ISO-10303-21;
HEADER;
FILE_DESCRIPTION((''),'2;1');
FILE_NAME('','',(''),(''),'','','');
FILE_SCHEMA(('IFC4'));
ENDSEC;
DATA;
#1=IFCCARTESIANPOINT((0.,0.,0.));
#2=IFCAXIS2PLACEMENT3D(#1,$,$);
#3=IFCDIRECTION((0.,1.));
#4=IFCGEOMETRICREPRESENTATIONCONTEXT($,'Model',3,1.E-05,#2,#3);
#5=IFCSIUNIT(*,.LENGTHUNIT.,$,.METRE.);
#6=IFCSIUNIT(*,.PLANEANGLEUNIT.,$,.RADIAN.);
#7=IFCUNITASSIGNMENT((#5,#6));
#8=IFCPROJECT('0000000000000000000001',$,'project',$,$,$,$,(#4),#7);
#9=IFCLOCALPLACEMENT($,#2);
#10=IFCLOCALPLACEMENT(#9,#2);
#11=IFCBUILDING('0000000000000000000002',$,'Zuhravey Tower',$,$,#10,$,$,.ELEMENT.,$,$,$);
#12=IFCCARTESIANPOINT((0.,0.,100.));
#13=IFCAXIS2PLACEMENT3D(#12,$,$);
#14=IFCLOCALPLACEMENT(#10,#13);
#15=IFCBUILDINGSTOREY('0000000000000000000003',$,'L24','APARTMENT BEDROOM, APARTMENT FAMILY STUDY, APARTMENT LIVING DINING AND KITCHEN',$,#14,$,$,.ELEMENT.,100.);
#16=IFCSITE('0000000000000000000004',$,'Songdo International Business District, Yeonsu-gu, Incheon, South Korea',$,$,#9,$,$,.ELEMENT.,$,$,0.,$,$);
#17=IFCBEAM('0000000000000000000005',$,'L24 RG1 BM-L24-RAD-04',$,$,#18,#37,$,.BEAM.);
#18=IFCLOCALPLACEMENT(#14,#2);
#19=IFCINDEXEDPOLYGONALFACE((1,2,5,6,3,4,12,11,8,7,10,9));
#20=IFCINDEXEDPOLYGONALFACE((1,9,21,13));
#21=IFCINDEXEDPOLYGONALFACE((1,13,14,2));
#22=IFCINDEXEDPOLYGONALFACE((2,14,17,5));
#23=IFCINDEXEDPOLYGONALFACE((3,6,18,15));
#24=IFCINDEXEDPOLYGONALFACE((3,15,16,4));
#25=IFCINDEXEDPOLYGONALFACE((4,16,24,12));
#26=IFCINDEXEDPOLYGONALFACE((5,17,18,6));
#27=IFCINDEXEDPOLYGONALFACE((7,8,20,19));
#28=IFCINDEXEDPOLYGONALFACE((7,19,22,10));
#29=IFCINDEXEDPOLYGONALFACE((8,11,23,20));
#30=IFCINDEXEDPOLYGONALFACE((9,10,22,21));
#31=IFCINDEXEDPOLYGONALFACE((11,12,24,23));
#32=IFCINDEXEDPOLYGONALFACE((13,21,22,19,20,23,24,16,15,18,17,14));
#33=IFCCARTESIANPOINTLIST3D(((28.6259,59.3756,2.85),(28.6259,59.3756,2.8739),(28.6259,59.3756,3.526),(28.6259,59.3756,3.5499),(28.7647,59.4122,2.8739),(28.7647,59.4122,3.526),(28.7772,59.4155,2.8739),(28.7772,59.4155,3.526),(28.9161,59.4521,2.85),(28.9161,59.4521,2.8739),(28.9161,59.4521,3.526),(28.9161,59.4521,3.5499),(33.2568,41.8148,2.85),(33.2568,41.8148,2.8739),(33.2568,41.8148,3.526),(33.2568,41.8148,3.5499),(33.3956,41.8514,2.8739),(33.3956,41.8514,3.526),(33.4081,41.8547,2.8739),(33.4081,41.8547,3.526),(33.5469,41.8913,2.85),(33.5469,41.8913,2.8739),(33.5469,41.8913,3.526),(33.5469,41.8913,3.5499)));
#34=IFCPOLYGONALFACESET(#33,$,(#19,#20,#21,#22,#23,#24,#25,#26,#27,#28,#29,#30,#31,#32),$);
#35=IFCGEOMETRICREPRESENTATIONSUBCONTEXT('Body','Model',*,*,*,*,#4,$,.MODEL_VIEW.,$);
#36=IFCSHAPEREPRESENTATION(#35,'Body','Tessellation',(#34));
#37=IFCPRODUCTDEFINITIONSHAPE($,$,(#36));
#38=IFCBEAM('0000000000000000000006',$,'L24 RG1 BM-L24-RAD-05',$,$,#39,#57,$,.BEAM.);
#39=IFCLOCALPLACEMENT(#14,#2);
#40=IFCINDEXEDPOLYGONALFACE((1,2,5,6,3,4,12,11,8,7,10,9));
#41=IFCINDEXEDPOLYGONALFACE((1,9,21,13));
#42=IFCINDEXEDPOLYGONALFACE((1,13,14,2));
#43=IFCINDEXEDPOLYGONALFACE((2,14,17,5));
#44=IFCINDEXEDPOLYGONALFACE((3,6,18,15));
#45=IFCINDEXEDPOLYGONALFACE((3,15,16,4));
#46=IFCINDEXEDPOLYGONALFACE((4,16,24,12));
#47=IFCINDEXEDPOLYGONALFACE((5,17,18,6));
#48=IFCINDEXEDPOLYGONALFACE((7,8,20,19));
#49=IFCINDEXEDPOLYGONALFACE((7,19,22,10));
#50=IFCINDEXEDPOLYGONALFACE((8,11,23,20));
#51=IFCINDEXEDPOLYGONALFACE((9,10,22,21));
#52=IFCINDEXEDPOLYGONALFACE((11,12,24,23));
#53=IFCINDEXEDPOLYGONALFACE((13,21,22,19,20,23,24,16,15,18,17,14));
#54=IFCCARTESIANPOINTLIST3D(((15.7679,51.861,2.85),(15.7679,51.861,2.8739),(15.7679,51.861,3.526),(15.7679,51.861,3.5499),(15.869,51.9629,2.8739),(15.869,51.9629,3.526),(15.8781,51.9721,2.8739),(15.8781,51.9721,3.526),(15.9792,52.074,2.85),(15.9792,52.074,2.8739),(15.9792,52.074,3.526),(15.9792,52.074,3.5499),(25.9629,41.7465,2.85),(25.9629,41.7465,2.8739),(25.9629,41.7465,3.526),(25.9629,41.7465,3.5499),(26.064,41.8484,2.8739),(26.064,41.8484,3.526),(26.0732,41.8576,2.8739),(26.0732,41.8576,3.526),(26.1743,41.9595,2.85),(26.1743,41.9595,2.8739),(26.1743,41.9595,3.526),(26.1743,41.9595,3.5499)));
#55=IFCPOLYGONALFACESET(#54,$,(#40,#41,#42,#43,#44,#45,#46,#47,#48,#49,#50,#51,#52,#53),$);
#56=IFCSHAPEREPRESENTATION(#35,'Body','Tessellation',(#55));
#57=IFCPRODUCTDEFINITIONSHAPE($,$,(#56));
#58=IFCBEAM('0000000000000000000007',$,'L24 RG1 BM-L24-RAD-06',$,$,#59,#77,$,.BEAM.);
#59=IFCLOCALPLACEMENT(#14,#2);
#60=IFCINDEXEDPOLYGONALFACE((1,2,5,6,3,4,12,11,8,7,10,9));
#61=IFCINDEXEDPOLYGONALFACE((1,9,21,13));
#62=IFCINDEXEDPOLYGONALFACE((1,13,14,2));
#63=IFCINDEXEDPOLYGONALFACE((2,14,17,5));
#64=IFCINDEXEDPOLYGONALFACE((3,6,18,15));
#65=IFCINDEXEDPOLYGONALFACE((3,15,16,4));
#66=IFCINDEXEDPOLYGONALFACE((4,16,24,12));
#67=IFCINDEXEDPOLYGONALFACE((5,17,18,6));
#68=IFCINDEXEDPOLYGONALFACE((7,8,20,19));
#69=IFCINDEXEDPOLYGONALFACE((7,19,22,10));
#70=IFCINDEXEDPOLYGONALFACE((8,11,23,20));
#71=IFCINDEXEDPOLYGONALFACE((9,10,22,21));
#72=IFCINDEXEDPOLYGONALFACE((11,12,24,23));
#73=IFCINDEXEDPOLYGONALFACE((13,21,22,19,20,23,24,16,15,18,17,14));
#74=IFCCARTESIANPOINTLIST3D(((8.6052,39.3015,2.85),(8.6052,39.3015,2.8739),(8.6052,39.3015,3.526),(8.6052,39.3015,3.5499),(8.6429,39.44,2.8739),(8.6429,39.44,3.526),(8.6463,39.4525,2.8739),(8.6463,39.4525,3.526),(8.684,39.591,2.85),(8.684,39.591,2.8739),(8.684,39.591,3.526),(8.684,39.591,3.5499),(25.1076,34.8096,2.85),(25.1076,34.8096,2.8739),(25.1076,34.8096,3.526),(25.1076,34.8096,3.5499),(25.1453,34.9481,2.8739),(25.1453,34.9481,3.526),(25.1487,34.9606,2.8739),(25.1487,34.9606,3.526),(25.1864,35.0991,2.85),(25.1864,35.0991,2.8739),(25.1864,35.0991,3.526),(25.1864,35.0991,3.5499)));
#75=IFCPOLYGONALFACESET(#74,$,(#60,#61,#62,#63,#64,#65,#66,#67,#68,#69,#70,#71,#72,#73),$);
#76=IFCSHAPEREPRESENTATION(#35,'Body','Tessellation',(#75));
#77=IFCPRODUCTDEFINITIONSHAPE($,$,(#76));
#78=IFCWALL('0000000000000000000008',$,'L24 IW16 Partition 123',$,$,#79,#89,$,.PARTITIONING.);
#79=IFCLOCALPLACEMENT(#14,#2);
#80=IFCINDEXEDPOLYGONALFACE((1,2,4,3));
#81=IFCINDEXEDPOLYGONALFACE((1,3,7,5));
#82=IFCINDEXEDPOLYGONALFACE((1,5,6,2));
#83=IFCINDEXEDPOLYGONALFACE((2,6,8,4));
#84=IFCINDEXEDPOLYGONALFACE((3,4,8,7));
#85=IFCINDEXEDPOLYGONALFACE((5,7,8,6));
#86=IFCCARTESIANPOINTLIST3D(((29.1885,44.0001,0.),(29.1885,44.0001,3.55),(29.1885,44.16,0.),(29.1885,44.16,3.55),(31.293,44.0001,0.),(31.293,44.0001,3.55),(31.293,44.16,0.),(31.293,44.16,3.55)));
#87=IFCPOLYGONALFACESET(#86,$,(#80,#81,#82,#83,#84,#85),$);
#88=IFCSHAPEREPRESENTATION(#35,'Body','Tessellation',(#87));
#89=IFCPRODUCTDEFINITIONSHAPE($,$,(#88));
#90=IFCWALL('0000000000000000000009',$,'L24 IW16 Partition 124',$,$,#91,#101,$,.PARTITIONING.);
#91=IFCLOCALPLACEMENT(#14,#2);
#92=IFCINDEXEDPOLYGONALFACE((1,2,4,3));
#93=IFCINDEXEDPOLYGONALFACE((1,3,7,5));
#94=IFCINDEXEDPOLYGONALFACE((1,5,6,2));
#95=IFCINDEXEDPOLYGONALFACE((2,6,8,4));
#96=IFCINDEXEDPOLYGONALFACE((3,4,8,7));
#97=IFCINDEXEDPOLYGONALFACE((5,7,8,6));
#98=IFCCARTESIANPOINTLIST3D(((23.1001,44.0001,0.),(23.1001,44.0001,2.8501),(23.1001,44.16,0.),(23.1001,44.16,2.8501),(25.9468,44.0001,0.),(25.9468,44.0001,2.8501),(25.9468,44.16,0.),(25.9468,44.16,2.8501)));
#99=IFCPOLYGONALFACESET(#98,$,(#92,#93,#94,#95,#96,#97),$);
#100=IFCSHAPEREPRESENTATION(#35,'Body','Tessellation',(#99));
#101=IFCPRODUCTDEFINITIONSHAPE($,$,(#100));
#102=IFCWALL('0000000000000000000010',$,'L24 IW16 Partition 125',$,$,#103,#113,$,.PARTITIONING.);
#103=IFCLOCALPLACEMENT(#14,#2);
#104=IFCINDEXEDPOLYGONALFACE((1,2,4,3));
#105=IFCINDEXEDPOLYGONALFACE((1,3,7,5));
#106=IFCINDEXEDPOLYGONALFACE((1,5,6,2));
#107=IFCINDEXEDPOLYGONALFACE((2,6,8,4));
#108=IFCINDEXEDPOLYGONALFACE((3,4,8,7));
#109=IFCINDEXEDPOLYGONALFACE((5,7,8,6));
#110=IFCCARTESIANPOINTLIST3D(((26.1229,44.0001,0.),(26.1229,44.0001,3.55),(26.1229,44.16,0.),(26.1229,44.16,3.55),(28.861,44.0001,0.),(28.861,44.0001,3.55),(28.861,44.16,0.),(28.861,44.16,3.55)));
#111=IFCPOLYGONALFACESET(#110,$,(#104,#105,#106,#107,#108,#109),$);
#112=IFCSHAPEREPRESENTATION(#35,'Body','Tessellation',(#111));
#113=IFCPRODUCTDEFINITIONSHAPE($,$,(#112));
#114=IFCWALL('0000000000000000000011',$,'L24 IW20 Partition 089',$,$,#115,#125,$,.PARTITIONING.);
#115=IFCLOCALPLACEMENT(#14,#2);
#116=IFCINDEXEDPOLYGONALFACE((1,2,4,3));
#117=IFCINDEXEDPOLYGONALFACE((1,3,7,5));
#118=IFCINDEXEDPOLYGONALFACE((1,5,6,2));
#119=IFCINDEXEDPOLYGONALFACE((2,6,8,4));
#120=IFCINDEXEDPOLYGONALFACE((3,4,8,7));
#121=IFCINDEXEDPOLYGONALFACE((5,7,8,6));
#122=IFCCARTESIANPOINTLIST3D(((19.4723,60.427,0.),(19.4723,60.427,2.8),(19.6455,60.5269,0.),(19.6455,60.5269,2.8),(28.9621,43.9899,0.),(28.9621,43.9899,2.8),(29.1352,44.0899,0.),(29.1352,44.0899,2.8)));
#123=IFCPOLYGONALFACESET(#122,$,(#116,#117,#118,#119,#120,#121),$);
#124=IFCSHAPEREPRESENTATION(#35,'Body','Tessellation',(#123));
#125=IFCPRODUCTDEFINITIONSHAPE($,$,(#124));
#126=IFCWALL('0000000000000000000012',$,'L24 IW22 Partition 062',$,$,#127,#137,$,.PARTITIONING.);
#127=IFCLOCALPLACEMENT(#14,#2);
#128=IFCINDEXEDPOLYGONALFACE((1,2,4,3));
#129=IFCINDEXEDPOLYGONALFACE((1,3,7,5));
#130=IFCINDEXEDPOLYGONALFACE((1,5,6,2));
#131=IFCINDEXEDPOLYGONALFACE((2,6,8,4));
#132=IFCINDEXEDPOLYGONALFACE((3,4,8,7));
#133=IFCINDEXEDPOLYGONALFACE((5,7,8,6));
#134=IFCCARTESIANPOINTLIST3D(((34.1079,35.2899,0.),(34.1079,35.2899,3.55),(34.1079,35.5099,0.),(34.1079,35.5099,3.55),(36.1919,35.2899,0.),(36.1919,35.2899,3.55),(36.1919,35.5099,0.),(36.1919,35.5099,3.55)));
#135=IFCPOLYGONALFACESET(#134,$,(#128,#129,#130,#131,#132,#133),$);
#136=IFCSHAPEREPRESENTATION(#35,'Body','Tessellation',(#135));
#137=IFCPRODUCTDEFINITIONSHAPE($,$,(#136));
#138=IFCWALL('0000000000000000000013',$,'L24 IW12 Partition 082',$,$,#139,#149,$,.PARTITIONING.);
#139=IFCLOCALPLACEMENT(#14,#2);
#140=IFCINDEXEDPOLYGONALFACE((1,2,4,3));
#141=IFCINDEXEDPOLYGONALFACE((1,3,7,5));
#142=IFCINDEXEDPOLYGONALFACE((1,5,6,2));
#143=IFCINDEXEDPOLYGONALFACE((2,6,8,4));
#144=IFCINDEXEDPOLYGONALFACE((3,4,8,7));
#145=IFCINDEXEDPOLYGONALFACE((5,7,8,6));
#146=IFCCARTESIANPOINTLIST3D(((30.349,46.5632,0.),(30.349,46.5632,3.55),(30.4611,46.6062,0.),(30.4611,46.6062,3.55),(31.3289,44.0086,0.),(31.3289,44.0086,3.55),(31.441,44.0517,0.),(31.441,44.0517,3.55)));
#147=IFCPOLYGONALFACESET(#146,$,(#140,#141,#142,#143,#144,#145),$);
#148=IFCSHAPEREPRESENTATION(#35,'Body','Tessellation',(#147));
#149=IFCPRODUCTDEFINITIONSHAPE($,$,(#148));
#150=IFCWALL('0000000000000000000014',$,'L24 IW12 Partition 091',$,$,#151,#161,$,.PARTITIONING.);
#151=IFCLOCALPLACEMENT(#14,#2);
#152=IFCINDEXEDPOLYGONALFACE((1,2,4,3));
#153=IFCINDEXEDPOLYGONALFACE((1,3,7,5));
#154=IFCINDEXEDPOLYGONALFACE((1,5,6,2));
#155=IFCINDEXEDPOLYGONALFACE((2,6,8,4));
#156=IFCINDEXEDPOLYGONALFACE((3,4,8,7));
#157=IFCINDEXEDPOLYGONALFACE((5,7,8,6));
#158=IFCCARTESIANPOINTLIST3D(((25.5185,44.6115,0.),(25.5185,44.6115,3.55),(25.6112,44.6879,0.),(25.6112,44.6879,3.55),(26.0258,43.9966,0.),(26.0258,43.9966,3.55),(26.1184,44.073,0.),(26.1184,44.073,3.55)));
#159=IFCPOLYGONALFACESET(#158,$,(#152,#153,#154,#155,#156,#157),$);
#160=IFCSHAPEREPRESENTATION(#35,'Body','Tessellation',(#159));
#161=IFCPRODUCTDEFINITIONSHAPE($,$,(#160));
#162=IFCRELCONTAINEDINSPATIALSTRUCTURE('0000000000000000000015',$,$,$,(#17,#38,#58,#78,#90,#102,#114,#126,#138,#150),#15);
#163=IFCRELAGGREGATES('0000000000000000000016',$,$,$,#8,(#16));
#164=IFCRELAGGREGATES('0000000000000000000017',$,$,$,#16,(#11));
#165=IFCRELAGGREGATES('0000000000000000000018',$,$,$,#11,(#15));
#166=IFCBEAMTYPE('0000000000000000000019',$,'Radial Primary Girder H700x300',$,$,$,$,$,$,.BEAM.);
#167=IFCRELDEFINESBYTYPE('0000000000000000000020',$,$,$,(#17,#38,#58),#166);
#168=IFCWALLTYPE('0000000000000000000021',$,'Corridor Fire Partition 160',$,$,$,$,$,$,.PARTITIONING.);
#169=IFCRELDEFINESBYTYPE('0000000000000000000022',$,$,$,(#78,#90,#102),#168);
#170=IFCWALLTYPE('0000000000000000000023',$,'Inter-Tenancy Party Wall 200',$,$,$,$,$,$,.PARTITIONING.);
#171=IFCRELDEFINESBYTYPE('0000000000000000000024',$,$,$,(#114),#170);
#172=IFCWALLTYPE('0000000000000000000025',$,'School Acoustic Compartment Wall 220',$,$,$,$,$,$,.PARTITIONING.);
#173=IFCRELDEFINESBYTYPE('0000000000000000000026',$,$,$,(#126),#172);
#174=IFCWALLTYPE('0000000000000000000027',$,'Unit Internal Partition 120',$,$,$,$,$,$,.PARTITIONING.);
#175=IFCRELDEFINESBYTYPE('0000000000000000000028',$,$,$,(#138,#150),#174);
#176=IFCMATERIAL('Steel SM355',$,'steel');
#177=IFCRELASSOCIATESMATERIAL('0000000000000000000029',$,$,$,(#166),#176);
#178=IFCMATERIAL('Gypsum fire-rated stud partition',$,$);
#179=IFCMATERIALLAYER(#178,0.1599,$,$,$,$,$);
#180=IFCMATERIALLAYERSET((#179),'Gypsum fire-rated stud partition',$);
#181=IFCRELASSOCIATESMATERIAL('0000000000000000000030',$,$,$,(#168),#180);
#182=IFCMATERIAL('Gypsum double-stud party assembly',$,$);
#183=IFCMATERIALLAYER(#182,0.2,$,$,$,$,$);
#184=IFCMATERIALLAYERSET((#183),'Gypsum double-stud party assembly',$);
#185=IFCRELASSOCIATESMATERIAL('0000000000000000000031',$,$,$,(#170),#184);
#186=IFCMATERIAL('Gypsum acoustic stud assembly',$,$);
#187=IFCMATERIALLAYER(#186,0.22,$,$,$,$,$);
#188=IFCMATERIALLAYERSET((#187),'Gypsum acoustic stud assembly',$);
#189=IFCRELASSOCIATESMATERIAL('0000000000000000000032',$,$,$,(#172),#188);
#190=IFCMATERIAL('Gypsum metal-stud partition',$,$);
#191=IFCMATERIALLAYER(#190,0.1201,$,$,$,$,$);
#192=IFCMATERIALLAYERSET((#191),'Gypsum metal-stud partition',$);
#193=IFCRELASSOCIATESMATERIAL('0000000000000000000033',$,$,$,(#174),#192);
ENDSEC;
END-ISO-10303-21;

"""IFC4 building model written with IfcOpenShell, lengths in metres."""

from ifc_helpers import new_model, si_unit, direction, frame, frame_2d, origin, origin_2d, place, context, subcontext, project, spatial, rectangle, i_section, extrude, material, layer, layer_set, material_profile, profile_set, type_object, element, save


model = new_model("IFC4")

# Units and contexts
model_context = context("Model", 3, precision=1e-05, world=origin(), true_north=direction((0.0, 1.0)))
body_context = subcontext(model_context, "Body", "Model", "MODEL_VIEW")
ifc_project = project(units=[si_unit("LENGTHUNIT", "METRE"), si_unit("PLANEANGLEUNIT", "RADIAN")], contexts=[model_context])

# Site, building, storey
site_placement = place(None, origin())
site = spatial("IfcSite", under=ifc_project, at=site_placement, Name="Songdo International Business District, Yeonsu-gu, Incheon, South Korea", CompositionType="ELEMENT", RefElevation=0.0)
building_placement = place(site_placement, origin())
building = spatial("IfcBuilding", under=site, at=building_placement, Name="Zuhravey Tower", CompositionType="ELEMENT")
storey_placement = place(building_placement, frame((0.0, 0.0, 100.0)))
storey = spatial("IfcBuildingStorey", under=building, at=storey_placement, Name="L24", Description="APARTMENT BEDROOM, APARTMENT FAMILY STUDY, APARTMENT LIVING DINING AND KITCHEN", CompositionType="ELEMENT", Elevation=100.0)

# Beams
ifc_material_1 = material(Name="Steel SM355", Category="steel")
ifc_material_profile = material_profile(ifc_material_1, i_section(OverallWidth=0.3, OverallDepth=0.7, WebThickness=0.0129, FlangeThickness=0.0239, at=origin_2d()), Name="H-700x300x13x24")
ifc_profile_set = profile_set([ifc_material_profile], Name="Steel SM355")
beam_type = type_object("IfcBeamType", Name="Radial Primary Girder H700x300", PredefinedType="BEAM", material=ifc_profile_set)
beam_1_placement = place(storey_placement, frame((33.4019, 41.853, 3.2), z_axis=(-0.254988, 0.966944, 0.0), x_axis=(-0.966944, -0.254988, 0.0)))
element("IfcBeam", 1, at=beam_1_placement, inside=storey, type_object=beam_type, Name="L24 RG1 BM-L24-RAD-04", PredefinedType="BEAM", context=body_context, shape_type="SweptSolid", body=[
    extrude(i_section(OverallWidth=0.3, OverallDepth=0.7, WebThickness=0.0129, FlangeThickness=0.0239, at=origin_2d()), origin(), (0.0, 0.0, 1.0), 18.1611),
])
beam_2_placement = place(storey_placement, frame((26.0686, 41.853, 3.2), z_axis=(-0.709906, 0.704296, 0.0), x_axis=(-0.704296, -0.709906, 0.0)))
element("IfcBeam", 2, at=beam_2_placement, inside=storey, type_object=beam_type, Name="L24 RG1 BM-L24-RAD-05", PredefinedType="BEAM", context=body_context, shape_type="SweptSolid", body=[
    extrude(i_section(OverallWidth=0.3, OverallDepth=0.7, WebThickness=0.0129, FlangeThickness=0.0239, at=origin_2d()), origin(), (0.0, 0.0, 1.0), 14.3611),
])
beam_3_placement = place(storey_placement, frame((25.147, 34.9543, 3.2), z_axis=(-0.964893, 0.262643, 0.0), x_axis=(-0.262643, -0.964893, 0.0)))
element("IfcBeam", 3, at=beam_3_placement, inside=storey, type_object=beam_type, Name="L24 RG1 BM-L24-RAD-06", PredefinedType="BEAM", context=body_context, shape_type="SweptSolid", body=[
    extrude(i_section(OverallWidth=0.3, OverallDepth=0.7, WebThickness=0.0129, FlangeThickness=0.0239, at=origin_2d()), origin(), (0.0, 0.0, 1.0), 17.1028),
])

# Walls
ifc_material_2 = material(Name="Gypsum fire-rated stud partition")
ifc_layer_1 = layer(ifc_material_2, 0.1599)
ifc_layer_set_1 = layer_set([ifc_layer_1], Name="Gypsum fire-rated stud partition")
wall_type_1 = type_object("IfcWallType", Name="Corridor Fire Partition 160", PredefinedType="PARTITIONING", material=ifc_layer_set_1)
wall_1_placement = place(storey_placement, frame((31.293, 44.0801, 0.0), z_axis=(0.0, 0.0, 1.0), x_axis=(-1.0, 0.0, 0.0)))
element("IfcWall", 4, at=wall_1_placement, inside=storey, type_object=wall_type_1, Name="L24 IW16 Partition 123", PredefinedType="PARTITIONING", context=body_context, shape_type="SweptSolid", body=[
    extrude(rectangle(XDim=2.1045, YDim=0.1599, at=frame_2d((1.0522, 0.0))), origin(), (0.0, 0.0, 1.0), 3.55),
])
wall_2_placement = place(storey_placement, frame((25.9468, 44.0801, 0.0), z_axis=(0.0, 0.0, 1.0), x_axis=(-1.0, 0.0, 0.0)))
element("IfcWall", 5, at=wall_2_placement, inside=storey, type_object=wall_type_1, Name="L24 IW16 Partition 124", PredefinedType="PARTITIONING", context=body_context, shape_type="SweptSolid", body=[
    extrude(rectangle(XDim=2.8467, YDim=0.1599, at=frame_2d((1.4233, 0.0))), origin(), (0.0, 0.0, 1.0), 2.8501),
])
wall_3_placement = place(storey_placement, frame((28.8611, 44.0801, 0.0), z_axis=(0.0, 0.0, 1.0), x_axis=(-1.0, 0.0, 0.0)))
element("IfcWall", 6, at=wall_3_placement, inside=storey, type_object=wall_type_1, Name="L24 IW16 Partition 125", PredefinedType="PARTITIONING", context=body_context, shape_type="SweptSolid", body=[
    extrude(rectangle(XDim=2.738, YDim=0.1599, at=frame_2d((1.3691, 0.0))), origin(), (0.0, 0.0, 1.0), 3.55),
])
ifc_material_3 = material(Name="Gypsum double-stud party assembly")
ifc_layer_2 = layer(ifc_material_3, 0.2)
ifc_layer_set_2 = layer_set([ifc_layer_2], Name="Gypsum double-stud party assembly")
wall_type_2 = type_object("IfcWallType", Name="Inter-Tenancy Party Wall 200", PredefinedType="PARTITIONING", material=ifc_layer_set_2)
wall_4_placement = place(storey_placement, frame((29.0486, 44.04, 0.0), z_axis=(0.0, 0.0, 1.0), x_axis=(-0.499993, 0.866029, 0.0)))
element("IfcWall", 7, at=wall_4_placement, inside=storey, type_object=wall_type_2, Name="L24 IW20 Partition 089", PredefinedType="PARTITIONING", context=body_context, shape_type="SweptSolid", body=[
    extrude(rectangle(XDim=18.9797, YDim=0.2, at=frame_2d((9.4897, 0.0))), origin(), (0.0, 0.0, 1.0), 2.8),
])
ifc_material_4 = material(Name="Gypsum acoustic stud assembly")
ifc_layer_3 = layer(ifc_material_4, 0.22)
ifc_layer_set_3 = layer_set([ifc_layer_3], Name="Gypsum acoustic stud assembly")
wall_type_3 = type_object("IfcWallType", Name="School Acoustic Compartment Wall 220", PredefinedType="PARTITIONING", material=ifc_layer_set_3)
wall_5_placement = place(storey_placement, frame((34.1079, 35.3999, 0.0), z_axis=(0.0, 0.0, 1.0), x_axis=(1.0, 0.0, 0.0)))
element("IfcWall", 8, at=wall_5_placement, inside=storey, type_object=wall_type_3, Name="L24 IW22 Partition 062", PredefinedType="PARTITIONING", context=body_context, shape_type="SweptSolid", body=[
    extrude(rectangle(XDim=2.084, YDim=0.22, at=frame_2d((1.042, 0.0))), origin(), (0.0, 0.0, 1.0), 3.55),
])
ifc_material_5 = material(Name="Gypsum metal-stud partition")
ifc_layer_4 = layer(ifc_material_5, 0.1201)
ifc_layer_set_4 = layer_set([ifc_layer_4], Name="Gypsum metal-stud partition")
wall_type_4 = type_object("IfcWallType", Name="Unit Internal Partition 120", PredefinedType="PARTITIONING", material=ifc_layer_set_4)
wall_6_placement = place(storey_placement, frame((31.385, 44.03, 0.0), z_axis=(0.0, 0.0, 1.0), x_axis=(-0.358154, 0.933663, 0.0)))
element("IfcWall", 9, at=wall_6_placement, inside=storey, type_object=wall_type_4, Name="L24 IW12 Partition 082", PredefinedType="PARTITIONING", context=body_context, shape_type="SweptSolid", body=[
    extrude(rectangle(XDim=2.7361, YDim=0.1201, at=frame_2d((1.3682, 0.0))), origin(), (0.0, 0.0, 1.0), 3.55),
])
wall_7_placement = place(storey_placement, frame((26.072, 44.0349, 0.0), z_axis=(0.0, 0.0, 1.0), x_axis=(-0.636351, 0.7714, 0.0)))
element("IfcWall", 10, at=wall_7_placement, inside=storey, type_object=wall_type_4, Name="L24 IW12 Partition 091", PredefinedType="PARTITIONING", context=body_context, shape_type="SweptSolid", body=[
    extrude(rectangle(XDim=0.7971, YDim=0.1201, at=frame_2d((0.3984, 0.0))), origin(), (0.0, 0.0, 1.0), 3.55),
])

save(model, "model.ifc")
